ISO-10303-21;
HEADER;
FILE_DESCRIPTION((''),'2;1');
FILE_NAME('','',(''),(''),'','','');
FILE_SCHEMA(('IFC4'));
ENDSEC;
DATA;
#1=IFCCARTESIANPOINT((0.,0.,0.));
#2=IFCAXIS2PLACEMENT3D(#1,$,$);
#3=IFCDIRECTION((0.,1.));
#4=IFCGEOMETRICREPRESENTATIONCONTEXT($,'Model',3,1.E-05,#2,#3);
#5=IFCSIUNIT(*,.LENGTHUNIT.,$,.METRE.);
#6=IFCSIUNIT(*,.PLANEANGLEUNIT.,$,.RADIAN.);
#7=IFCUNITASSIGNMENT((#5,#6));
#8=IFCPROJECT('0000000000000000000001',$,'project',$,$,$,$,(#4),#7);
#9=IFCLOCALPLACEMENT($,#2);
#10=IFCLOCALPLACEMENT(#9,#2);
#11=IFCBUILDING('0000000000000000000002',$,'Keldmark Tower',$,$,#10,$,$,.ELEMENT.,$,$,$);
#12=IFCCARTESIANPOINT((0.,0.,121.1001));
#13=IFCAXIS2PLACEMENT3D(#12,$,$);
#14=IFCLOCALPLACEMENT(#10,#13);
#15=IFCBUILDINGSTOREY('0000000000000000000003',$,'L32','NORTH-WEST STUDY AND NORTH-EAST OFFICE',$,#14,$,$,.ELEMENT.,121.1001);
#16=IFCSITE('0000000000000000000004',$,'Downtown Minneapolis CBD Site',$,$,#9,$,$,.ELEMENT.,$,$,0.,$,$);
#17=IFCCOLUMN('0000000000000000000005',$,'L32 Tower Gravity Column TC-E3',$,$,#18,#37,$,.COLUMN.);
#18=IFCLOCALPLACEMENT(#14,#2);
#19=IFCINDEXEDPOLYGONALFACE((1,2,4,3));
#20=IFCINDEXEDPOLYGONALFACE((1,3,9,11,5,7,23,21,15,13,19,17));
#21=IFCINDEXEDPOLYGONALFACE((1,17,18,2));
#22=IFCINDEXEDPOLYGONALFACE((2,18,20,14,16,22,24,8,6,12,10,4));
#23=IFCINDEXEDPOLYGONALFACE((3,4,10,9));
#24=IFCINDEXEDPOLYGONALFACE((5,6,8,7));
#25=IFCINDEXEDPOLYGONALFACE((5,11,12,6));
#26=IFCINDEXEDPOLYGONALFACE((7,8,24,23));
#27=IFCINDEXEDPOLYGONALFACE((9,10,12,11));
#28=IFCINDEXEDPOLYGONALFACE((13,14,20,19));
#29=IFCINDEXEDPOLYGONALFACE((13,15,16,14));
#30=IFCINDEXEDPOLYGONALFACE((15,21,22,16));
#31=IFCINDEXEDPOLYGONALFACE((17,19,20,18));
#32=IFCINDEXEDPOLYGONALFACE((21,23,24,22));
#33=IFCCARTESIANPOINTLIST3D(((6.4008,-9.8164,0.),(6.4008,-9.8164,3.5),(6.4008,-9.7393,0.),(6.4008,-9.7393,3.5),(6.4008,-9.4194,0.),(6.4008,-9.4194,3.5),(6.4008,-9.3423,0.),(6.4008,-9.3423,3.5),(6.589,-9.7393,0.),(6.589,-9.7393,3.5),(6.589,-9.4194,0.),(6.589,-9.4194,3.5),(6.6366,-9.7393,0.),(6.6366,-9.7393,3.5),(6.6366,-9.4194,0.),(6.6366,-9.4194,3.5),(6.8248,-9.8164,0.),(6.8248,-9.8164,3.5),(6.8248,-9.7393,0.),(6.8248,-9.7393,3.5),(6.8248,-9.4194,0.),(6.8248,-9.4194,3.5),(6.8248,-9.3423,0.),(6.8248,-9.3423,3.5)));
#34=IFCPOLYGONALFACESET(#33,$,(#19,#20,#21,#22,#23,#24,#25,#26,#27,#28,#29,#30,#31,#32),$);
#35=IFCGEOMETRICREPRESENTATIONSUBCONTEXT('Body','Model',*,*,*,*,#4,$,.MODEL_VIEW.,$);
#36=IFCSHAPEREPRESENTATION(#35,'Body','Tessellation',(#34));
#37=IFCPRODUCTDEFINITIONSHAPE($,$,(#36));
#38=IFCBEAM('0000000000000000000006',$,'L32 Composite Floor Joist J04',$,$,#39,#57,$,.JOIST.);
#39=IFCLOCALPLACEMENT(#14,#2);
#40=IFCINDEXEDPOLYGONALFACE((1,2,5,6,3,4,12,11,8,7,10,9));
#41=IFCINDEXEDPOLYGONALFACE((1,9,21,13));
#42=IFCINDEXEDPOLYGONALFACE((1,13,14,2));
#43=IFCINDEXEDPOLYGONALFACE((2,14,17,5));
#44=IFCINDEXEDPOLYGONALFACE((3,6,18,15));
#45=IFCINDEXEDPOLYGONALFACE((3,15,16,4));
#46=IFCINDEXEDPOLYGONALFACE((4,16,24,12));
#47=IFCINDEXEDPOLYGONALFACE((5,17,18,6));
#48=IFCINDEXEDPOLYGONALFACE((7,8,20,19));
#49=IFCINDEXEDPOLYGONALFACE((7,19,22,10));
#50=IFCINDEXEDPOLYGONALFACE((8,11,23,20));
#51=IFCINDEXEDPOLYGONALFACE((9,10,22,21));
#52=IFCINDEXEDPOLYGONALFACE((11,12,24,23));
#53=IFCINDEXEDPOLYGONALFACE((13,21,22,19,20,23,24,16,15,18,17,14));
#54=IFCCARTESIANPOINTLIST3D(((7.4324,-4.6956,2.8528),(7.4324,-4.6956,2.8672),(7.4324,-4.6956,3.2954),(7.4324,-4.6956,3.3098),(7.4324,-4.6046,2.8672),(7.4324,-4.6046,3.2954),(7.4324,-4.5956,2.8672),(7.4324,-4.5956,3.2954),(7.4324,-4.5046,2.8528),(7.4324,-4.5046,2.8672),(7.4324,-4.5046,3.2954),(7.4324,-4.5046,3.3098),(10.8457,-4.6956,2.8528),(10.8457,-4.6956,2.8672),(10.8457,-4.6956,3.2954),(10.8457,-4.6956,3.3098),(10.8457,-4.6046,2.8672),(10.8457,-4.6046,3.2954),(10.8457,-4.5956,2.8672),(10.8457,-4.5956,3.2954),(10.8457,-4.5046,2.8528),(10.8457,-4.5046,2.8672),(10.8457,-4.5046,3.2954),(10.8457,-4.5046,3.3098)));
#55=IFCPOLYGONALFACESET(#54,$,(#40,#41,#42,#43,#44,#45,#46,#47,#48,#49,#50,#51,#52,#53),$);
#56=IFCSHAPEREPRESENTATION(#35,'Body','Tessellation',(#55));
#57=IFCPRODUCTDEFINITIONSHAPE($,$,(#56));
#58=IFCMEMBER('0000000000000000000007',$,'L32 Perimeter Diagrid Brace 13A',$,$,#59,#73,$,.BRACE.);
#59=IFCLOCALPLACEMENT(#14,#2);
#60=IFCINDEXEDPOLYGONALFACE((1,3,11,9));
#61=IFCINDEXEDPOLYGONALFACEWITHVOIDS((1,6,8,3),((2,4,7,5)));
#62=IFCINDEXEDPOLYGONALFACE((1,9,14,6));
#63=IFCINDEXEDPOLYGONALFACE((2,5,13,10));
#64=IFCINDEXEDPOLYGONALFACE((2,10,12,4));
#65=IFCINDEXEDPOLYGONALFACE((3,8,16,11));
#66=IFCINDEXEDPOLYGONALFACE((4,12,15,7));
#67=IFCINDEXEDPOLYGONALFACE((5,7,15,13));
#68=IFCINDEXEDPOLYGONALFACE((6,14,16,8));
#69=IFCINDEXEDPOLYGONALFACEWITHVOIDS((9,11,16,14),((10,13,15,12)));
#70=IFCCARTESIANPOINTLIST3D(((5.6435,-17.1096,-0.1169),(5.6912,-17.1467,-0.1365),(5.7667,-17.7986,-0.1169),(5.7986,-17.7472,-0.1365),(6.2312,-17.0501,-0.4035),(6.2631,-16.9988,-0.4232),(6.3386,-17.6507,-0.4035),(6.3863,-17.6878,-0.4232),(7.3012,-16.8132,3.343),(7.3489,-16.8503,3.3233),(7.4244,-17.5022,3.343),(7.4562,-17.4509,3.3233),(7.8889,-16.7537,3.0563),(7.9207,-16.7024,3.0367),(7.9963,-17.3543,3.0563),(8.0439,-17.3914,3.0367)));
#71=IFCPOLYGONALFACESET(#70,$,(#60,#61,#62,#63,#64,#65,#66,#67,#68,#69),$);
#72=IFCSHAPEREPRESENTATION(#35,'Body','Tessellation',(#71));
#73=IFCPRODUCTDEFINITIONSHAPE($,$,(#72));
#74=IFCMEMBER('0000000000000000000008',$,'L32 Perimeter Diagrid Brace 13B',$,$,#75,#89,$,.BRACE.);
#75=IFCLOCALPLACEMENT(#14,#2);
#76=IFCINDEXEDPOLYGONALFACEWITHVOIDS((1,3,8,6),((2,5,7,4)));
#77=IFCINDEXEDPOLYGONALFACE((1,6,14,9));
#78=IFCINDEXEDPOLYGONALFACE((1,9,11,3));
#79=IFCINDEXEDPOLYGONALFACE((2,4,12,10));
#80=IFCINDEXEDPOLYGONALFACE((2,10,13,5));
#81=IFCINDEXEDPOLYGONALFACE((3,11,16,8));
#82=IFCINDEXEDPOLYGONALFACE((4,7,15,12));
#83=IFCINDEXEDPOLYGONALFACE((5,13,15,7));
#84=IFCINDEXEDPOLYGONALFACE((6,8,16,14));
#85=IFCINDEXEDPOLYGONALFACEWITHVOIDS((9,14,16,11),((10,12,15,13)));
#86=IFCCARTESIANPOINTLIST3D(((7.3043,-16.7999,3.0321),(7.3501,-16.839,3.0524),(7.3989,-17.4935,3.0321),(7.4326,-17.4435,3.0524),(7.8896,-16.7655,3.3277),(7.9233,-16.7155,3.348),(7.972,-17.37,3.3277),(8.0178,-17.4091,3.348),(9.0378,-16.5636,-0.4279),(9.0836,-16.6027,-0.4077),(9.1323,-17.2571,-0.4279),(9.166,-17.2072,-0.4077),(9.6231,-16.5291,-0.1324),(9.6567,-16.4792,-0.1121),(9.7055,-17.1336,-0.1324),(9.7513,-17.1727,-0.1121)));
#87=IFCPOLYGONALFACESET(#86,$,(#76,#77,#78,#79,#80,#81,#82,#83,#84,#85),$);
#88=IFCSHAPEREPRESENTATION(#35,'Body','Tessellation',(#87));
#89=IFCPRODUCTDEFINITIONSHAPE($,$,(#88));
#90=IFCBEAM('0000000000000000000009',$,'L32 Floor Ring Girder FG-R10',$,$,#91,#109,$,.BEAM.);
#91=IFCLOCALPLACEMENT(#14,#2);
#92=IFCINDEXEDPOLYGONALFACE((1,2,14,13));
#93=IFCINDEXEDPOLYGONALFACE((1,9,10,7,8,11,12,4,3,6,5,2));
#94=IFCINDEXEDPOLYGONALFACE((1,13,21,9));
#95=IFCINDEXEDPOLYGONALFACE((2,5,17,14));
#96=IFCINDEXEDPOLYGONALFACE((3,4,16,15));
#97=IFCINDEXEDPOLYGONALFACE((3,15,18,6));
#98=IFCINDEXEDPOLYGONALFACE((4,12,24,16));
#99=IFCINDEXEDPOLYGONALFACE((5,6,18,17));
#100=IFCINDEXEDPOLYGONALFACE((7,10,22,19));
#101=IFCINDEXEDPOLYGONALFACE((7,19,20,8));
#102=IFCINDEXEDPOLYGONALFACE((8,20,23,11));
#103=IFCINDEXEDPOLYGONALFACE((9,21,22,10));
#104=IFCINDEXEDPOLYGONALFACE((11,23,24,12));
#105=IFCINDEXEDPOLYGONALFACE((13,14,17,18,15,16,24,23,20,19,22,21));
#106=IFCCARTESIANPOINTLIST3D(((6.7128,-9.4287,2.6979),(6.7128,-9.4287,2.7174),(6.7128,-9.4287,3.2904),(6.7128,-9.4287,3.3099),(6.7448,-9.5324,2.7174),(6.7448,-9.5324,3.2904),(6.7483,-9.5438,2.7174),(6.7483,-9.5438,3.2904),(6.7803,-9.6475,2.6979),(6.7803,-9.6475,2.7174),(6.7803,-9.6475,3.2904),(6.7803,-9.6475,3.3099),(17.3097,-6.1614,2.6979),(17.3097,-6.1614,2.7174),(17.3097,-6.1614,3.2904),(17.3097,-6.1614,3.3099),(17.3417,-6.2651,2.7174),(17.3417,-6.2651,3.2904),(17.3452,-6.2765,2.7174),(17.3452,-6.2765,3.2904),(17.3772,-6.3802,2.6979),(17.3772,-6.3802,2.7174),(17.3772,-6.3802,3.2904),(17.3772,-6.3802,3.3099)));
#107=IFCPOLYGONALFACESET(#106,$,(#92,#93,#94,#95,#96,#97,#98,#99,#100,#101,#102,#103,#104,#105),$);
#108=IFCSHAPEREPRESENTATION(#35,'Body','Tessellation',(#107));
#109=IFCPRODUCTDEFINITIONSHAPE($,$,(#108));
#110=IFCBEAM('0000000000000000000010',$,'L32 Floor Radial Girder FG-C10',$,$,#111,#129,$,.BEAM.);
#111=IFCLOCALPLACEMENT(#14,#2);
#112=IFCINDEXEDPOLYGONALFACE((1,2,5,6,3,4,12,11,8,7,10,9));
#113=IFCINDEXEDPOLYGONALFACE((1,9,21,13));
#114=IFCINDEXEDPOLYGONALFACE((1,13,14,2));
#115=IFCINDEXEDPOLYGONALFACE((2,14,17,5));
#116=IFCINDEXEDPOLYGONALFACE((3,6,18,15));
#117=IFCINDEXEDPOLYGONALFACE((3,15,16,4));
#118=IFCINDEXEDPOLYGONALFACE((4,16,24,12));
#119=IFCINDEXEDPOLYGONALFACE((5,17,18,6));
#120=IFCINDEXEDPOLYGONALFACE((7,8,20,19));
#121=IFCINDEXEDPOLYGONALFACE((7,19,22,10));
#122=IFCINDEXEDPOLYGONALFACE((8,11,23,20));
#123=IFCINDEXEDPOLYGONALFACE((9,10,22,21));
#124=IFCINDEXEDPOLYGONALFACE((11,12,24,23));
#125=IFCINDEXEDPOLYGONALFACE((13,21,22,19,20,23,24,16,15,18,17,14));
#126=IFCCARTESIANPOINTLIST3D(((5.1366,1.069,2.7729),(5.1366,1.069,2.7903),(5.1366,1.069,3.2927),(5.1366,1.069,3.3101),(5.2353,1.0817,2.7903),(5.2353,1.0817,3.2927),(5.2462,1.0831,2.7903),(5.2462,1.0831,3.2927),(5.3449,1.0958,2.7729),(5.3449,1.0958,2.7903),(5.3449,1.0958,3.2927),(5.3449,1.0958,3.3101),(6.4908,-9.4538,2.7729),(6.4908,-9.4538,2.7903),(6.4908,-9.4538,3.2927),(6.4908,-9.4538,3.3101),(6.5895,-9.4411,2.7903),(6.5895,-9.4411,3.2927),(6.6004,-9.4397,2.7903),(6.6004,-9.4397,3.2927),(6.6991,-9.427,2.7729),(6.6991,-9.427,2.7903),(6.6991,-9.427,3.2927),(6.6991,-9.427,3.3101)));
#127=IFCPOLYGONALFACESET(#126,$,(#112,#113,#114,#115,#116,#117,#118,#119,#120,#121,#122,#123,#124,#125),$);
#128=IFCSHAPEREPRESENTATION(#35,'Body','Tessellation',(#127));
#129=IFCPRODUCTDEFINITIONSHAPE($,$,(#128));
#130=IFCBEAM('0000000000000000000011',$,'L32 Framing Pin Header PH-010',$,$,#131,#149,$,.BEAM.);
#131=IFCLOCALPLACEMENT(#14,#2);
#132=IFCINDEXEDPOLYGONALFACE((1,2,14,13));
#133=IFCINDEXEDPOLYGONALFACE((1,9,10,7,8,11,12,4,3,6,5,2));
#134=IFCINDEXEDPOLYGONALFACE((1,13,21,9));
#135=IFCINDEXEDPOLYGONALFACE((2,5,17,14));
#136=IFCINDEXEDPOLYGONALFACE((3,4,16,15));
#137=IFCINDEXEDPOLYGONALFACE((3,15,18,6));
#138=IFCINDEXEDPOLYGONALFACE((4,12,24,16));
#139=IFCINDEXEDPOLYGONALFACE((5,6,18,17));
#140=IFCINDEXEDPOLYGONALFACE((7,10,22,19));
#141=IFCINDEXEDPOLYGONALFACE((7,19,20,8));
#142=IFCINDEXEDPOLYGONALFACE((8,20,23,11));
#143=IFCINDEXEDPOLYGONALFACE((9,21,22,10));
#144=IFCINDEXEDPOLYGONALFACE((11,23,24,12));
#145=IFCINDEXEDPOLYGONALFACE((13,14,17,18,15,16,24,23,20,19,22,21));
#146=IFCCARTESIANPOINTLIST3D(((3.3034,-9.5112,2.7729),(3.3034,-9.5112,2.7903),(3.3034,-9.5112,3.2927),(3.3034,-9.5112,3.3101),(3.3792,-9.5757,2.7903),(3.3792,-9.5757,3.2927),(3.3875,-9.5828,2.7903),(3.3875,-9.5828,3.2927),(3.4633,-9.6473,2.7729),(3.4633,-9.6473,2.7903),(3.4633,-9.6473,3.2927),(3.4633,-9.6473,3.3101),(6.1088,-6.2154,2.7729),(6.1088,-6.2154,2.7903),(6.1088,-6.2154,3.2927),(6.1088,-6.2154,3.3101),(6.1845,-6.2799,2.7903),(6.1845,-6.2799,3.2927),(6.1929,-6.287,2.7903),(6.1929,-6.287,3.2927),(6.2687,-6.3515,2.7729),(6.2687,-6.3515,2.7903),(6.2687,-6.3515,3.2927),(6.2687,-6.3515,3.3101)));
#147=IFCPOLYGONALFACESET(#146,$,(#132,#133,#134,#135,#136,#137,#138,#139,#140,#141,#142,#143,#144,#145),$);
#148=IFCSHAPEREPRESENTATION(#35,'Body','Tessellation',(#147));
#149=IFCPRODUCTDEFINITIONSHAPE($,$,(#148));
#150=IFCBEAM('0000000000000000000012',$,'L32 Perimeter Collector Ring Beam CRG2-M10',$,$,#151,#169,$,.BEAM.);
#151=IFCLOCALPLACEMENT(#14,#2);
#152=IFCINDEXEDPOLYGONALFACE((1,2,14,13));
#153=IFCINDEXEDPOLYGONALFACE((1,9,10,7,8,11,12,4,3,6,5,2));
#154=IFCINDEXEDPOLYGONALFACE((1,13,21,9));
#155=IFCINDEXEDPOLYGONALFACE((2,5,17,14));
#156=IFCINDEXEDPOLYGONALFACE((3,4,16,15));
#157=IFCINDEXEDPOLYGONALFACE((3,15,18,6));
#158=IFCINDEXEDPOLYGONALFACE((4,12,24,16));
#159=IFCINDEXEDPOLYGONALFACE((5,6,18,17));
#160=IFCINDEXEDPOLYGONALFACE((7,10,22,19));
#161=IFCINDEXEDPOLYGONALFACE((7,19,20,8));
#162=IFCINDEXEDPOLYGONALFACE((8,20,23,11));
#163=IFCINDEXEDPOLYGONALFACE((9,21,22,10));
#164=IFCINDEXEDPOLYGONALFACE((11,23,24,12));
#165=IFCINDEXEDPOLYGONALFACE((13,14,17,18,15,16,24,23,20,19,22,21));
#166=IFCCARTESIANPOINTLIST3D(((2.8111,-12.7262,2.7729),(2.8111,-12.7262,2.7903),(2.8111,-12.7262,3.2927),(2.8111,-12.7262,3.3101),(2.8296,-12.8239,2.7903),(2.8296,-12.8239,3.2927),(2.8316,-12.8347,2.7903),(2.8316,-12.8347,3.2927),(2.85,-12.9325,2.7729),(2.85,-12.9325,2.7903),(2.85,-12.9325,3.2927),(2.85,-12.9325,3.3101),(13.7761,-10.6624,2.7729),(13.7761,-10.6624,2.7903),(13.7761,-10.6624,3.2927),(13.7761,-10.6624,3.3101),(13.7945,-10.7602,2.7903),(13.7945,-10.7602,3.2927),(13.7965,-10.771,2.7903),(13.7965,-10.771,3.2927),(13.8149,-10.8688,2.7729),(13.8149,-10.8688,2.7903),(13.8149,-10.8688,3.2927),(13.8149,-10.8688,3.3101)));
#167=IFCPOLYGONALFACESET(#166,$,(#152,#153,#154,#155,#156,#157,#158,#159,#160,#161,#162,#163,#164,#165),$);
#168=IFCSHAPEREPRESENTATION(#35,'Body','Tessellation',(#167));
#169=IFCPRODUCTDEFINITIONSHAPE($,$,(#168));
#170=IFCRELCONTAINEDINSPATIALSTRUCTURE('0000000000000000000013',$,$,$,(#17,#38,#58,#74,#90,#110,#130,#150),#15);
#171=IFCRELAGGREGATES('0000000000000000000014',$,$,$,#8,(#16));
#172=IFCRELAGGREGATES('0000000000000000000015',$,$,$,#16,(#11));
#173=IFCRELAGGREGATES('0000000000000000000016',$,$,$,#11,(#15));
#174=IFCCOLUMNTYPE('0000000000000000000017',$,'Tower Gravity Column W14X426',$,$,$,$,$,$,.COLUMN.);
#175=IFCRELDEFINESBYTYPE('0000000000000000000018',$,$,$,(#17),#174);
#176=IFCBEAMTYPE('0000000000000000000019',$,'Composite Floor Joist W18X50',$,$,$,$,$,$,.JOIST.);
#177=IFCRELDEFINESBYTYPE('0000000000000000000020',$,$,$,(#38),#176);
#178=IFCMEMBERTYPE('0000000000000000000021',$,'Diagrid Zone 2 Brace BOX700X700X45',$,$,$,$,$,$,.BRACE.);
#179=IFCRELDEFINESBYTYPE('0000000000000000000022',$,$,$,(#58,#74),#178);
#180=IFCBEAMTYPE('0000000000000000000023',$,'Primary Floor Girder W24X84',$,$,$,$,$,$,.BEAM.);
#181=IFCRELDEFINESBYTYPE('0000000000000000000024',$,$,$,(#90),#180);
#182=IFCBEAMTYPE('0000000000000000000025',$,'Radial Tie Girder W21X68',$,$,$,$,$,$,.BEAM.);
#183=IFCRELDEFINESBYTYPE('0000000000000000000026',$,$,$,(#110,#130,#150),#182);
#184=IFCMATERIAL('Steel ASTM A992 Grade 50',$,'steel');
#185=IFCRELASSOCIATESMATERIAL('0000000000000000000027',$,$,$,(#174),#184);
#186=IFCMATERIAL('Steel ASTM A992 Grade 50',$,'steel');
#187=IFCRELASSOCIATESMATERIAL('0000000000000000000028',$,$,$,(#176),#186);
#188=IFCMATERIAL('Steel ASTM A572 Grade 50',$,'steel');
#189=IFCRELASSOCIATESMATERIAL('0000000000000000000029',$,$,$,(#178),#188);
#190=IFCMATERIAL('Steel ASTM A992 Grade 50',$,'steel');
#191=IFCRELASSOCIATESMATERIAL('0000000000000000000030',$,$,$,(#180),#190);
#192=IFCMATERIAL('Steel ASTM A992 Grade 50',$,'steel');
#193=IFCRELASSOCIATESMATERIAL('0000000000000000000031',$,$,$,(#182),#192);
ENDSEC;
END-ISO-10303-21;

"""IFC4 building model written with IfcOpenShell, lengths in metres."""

from ifc_helpers import new_model, si_unit, direction, frame, origin, origin_2d, place, context, subcontext, project, spatial, hollow_rectangle, i_section, extrude, material, material_profile, profile_set, type_object, element, save


model = new_model("IFC4")

# Units and contexts
model_context = context("Model", 3, precision=1e-05, world=origin(), true_north=direction((0.0, 1.0)))
body_context = subcontext(model_context, "Body", "Model", "MODEL_VIEW")
ifc_project = project(units=[si_unit("LENGTHUNIT", "METRE"), si_unit("PLANEANGLEUNIT", "RADIAN")], contexts=[model_context])

# Site, building, storey
site_placement = place(None, origin())
site = spatial("IfcSite", under=ifc_project, at=site_placement, Name="Downtown Minneapolis CBD Site", CompositionType="ELEMENT", RefElevation=0.0)
building_placement = place(site_placement, origin())
building = spatial("IfcBuilding", under=site, at=building_placement, Name="Keldmark Tower", CompositionType="ELEMENT")
storey_placement = place(building_placement, frame((0.0, 0.0, 121.1001)))
storey = spatial("IfcBuildingStorey", under=building, at=storey_placement, Name="L32", Description="NORTH-WEST STUDY AND NORTH-EAST OFFICE", CompositionType="ELEMENT", Elevation=121.1001)

# Column
ifc_material_1 = material(Name="Steel ASTM A992 Grade 50", Category="steel")
ifc_material_profile_1 = material_profile(ifc_material_1, i_section(OverallWidth=0.4241, OverallDepth=0.4741, WebThickness=0.0476, FlangeThickness=0.0771, at=origin_2d()), Name="W14X426")
ifc_profile_set_1 = profile_set([ifc_material_profile_1], Name="Steel ASTM A992 Grade 50")
column_type = type_object("IfcColumnType", Name="Tower Gravity Column W14X426", PredefinedType="COLUMN", material=ifc_profile_set_1)
column_placement = place(storey_placement, frame((6.6128, -9.5793, 0.0), z_axis=(0.0, 0.0, 1.0), x_axis=(1.0, 0.0, 0.0)))
element("IfcColumn", 1, at=column_placement, inside=storey, type_object=column_type, Name="L32 Tower Gravity Column TC-E3", PredefinedType="COLUMN", context=body_context, shape_type="SweptSolid", body=[
    extrude(i_section(OverallWidth=0.4241, OverallDepth=0.4741, WebThickness=0.0476, FlangeThickness=0.0771, at=origin_2d()), origin(), (0.0, 0.0, 1.0), 3.5),
])

# Beam
ifc_material_2 = material(Name="Steel ASTM A992 Grade 50", Category="steel")
ifc_material_profile_2 = material_profile(ifc_material_2, i_section(OverallWidth=0.1909, OverallDepth=0.457, WebThickness=0.009, FlangeThickness=0.0144, at=origin_2d()), Name="W18X50")
ifc_profile_set_2 = profile_set([ifc_material_profile_2], Name="Steel ASTM A992 Grade 50")
beam_type_1 = type_object("IfcBeamType", Name="Composite Floor Joist W18X50", PredefinedType="JOIST", material=ifc_profile_set_2)
beam_1_placement = place(storey_placement, frame((7.4324, -4.6001, 3.0813), z_axis=(1.0, 0.0, 0.0), x_axis=(0.0, 1.0, 0.0)))
element("IfcBeam", 2, at=beam_1_placement, inside=storey, type_object=beam_type_1, Name="L32 Composite Floor Joist J04", PredefinedType="JOIST", context=body_context, shape_type="SweptSolid", body=[
    extrude(i_section(OverallWidth=0.1909, OverallDepth=0.457, WebThickness=0.009, FlangeThickness=0.0144, at=origin_2d()), origin(), (0.0, 0.0, 1.0), 3.4133),
])

# Members
ifc_material_3 = material(Name="Steel ASTM A572 Grade 50", Category="steel")
ifc_material_profile_3 = material_profile(ifc_material_3, hollow_rectangle(XDim=0.7, YDim=0.7, WallThickness=0.0449, at=origin_2d()), Name="BOX700X700X45")
ifc_profile_set_3 = profile_set([ifc_material_profile_3], Name="Steel ASTM A572 Grade 50")
member_type = type_object("IfcMemberType", Name="Diagrid Zone 2 Brace BOX700X700X45", PredefinedType="BRACE", material=ifc_profile_set_3)
member_1_placement = place(storey_placement, frame((6.0149, -17.3987, -0.27), z_axis=(0.430798, 0.077023, 0.899156), x_axis=(-0.176001, 0.98439, 0.0)))
element("IfcMember", 3, at=member_1_placement, inside=storey, type_object=member_type, Name="L32 Perimeter Diagrid Brace 13A", PredefinedType="BRACE", context=body_context, shape_type="SweptSolid", body=[
    extrude(hollow_rectangle(XDim=0.7, YDim=0.7, WallThickness=0.0449, at=origin_2d()), origin(), (0.0, 0.0, 1.0), 3.8479),
])
member_2_placement = place(storey_placement, frame((9.3945, -16.8682, -0.27), z_axis=(-0.447087, -0.060955, 0.892411), x_axis=(0.135088, -0.990834, 0.0)))
element("IfcMember", 4, at=member_2_placement, inside=storey, type_object=member_type, Name="L32 Perimeter Diagrid Brace 13B", PredefinedType="BRACE", context=body_context, shape_type="SweptSolid", body=[
    extrude(hollow_rectangle(XDim=0.7, YDim=0.7, WallThickness=0.0449, at=origin_2d()), origin(), (0.0, 0.0, 1.0), 3.8772),
])

# Beams
ifc_material_4 = material(Name="Steel ASTM A992 Grade 50", Category="steel")
ifc_material_profile_4 = material_profile(ifc_material_4, i_section(OverallWidth=0.229, OverallDepth=0.6121, WebThickness=0.012, FlangeThickness=0.0195, at=origin_2d()), Name="W24X84")
ifc_profile_set_4 = profile_set([ifc_material_profile_4], Name="Steel ASTM A992 Grade 50")
beam_type_2 = type_object("IfcBeamType", Name="Primary Floor Girder W24X84", PredefinedType="BEAM", material=ifc_profile_set_4)
beam_2_placement = place(storey_placement, frame((6.7466, -9.5381, 3.0039), z_axis=(0.955608, 0.294641, 0.0), x_axis=(-0.294641, 0.955608, 0.0)))
element("IfcBeam", 5, at=beam_2_placement, inside=storey, type_object=beam_type_2, Name="L32 Floor Ring Girder FG-R10", PredefinedType="BEAM", context=body_context, shape_type="SweptSolid", body=[
    extrude(i_section(OverallWidth=0.229, OverallDepth=0.6121, WebThickness=0.012, FlangeThickness=0.0195, at=origin_2d()), origin(), (0.0, 0.0, 1.0), 11.0891),
])
ifc_material_5 = material(Name="Steel ASTM A992 Grade 50", Category="steel")
ifc_material_profile_5 = material_profile(ifc_material_5, i_section(OverallWidth=0.21, OverallDepth=0.5371, WebThickness=0.011, FlangeThickness=0.0173, at=origin_2d()), Name="W21X68")
ifc_profile_set_5 = profile_set([ifc_material_profile_5], Name="Steel ASTM A992 Grade 50")
beam_type_3 = type_object("IfcBeamType", Name="Radial Tie Girder W21X68", PredefinedType="BEAM", material=ifc_profile_set_5)
beam_3_placement = place(storey_placement, frame((6.595, -9.4404, 3.0415), z_axis=(-0.127642, 0.99182, 0.0), x_axis=(-0.99182, -0.127642, 0.0)))
element("IfcBeam", 6, at=beam_3_placement, inside=storey, type_object=beam_type_3, Name="L32 Floor Radial Girder FG-C10", PredefinedType="BEAM", context=body_context, shape_type="SweptSolid", body=[
    extrude(i_section(OverallWidth=0.21, OverallDepth=0.5371, WebThickness=0.011, FlangeThickness=0.0173, at=origin_2d()), origin(), (0.0, 0.0, 1.0), 10.6096),
])
beam_4_placement = place(storey_placement, frame((6.1887, -6.2834, 3.0415), z_axis=(-0.648172, -0.761494, 0.0), x_axis=(0.761494, -0.648172, 0.0)))
element("IfcBeam", 7, at=beam_4_placement, inside=storey, type_object=beam_type_3, Name="L32 Framing Pin Header PH-010", PredefinedType="BEAM", context=body_context, shape_type="SweptSolid", body=[
    extrude(i_section(OverallWidth=0.21, OverallDepth=0.5371, WebThickness=0.011, FlangeThickness=0.0173, at=origin_2d()), origin(), (0.0, 0.0, 1.0), 4.3281),
])
beam_5_placement = place(storey_placement, frame((2.8306, -12.8293, 3.0415), z_axis=(0.982745, 0.184965, 0.0), x_axis=(-0.184965, 0.982745, 0.0)))
element("IfcBeam", 8, at=beam_5_placement, inside=storey, type_object=beam_type_3, Name="L32 Perimeter Collector Ring Beam CRG2-M10", PredefinedType="BEAM", context=body_context, shape_type="SweptSolid", body=[
    extrude(i_section(OverallWidth=0.21, OverallDepth=0.5371, WebThickness=0.011, FlangeThickness=0.0173, at=origin_2d()), origin(), (0.0, 0.0, 1.0), 11.1575),
])

save(model, "model.ifc")
